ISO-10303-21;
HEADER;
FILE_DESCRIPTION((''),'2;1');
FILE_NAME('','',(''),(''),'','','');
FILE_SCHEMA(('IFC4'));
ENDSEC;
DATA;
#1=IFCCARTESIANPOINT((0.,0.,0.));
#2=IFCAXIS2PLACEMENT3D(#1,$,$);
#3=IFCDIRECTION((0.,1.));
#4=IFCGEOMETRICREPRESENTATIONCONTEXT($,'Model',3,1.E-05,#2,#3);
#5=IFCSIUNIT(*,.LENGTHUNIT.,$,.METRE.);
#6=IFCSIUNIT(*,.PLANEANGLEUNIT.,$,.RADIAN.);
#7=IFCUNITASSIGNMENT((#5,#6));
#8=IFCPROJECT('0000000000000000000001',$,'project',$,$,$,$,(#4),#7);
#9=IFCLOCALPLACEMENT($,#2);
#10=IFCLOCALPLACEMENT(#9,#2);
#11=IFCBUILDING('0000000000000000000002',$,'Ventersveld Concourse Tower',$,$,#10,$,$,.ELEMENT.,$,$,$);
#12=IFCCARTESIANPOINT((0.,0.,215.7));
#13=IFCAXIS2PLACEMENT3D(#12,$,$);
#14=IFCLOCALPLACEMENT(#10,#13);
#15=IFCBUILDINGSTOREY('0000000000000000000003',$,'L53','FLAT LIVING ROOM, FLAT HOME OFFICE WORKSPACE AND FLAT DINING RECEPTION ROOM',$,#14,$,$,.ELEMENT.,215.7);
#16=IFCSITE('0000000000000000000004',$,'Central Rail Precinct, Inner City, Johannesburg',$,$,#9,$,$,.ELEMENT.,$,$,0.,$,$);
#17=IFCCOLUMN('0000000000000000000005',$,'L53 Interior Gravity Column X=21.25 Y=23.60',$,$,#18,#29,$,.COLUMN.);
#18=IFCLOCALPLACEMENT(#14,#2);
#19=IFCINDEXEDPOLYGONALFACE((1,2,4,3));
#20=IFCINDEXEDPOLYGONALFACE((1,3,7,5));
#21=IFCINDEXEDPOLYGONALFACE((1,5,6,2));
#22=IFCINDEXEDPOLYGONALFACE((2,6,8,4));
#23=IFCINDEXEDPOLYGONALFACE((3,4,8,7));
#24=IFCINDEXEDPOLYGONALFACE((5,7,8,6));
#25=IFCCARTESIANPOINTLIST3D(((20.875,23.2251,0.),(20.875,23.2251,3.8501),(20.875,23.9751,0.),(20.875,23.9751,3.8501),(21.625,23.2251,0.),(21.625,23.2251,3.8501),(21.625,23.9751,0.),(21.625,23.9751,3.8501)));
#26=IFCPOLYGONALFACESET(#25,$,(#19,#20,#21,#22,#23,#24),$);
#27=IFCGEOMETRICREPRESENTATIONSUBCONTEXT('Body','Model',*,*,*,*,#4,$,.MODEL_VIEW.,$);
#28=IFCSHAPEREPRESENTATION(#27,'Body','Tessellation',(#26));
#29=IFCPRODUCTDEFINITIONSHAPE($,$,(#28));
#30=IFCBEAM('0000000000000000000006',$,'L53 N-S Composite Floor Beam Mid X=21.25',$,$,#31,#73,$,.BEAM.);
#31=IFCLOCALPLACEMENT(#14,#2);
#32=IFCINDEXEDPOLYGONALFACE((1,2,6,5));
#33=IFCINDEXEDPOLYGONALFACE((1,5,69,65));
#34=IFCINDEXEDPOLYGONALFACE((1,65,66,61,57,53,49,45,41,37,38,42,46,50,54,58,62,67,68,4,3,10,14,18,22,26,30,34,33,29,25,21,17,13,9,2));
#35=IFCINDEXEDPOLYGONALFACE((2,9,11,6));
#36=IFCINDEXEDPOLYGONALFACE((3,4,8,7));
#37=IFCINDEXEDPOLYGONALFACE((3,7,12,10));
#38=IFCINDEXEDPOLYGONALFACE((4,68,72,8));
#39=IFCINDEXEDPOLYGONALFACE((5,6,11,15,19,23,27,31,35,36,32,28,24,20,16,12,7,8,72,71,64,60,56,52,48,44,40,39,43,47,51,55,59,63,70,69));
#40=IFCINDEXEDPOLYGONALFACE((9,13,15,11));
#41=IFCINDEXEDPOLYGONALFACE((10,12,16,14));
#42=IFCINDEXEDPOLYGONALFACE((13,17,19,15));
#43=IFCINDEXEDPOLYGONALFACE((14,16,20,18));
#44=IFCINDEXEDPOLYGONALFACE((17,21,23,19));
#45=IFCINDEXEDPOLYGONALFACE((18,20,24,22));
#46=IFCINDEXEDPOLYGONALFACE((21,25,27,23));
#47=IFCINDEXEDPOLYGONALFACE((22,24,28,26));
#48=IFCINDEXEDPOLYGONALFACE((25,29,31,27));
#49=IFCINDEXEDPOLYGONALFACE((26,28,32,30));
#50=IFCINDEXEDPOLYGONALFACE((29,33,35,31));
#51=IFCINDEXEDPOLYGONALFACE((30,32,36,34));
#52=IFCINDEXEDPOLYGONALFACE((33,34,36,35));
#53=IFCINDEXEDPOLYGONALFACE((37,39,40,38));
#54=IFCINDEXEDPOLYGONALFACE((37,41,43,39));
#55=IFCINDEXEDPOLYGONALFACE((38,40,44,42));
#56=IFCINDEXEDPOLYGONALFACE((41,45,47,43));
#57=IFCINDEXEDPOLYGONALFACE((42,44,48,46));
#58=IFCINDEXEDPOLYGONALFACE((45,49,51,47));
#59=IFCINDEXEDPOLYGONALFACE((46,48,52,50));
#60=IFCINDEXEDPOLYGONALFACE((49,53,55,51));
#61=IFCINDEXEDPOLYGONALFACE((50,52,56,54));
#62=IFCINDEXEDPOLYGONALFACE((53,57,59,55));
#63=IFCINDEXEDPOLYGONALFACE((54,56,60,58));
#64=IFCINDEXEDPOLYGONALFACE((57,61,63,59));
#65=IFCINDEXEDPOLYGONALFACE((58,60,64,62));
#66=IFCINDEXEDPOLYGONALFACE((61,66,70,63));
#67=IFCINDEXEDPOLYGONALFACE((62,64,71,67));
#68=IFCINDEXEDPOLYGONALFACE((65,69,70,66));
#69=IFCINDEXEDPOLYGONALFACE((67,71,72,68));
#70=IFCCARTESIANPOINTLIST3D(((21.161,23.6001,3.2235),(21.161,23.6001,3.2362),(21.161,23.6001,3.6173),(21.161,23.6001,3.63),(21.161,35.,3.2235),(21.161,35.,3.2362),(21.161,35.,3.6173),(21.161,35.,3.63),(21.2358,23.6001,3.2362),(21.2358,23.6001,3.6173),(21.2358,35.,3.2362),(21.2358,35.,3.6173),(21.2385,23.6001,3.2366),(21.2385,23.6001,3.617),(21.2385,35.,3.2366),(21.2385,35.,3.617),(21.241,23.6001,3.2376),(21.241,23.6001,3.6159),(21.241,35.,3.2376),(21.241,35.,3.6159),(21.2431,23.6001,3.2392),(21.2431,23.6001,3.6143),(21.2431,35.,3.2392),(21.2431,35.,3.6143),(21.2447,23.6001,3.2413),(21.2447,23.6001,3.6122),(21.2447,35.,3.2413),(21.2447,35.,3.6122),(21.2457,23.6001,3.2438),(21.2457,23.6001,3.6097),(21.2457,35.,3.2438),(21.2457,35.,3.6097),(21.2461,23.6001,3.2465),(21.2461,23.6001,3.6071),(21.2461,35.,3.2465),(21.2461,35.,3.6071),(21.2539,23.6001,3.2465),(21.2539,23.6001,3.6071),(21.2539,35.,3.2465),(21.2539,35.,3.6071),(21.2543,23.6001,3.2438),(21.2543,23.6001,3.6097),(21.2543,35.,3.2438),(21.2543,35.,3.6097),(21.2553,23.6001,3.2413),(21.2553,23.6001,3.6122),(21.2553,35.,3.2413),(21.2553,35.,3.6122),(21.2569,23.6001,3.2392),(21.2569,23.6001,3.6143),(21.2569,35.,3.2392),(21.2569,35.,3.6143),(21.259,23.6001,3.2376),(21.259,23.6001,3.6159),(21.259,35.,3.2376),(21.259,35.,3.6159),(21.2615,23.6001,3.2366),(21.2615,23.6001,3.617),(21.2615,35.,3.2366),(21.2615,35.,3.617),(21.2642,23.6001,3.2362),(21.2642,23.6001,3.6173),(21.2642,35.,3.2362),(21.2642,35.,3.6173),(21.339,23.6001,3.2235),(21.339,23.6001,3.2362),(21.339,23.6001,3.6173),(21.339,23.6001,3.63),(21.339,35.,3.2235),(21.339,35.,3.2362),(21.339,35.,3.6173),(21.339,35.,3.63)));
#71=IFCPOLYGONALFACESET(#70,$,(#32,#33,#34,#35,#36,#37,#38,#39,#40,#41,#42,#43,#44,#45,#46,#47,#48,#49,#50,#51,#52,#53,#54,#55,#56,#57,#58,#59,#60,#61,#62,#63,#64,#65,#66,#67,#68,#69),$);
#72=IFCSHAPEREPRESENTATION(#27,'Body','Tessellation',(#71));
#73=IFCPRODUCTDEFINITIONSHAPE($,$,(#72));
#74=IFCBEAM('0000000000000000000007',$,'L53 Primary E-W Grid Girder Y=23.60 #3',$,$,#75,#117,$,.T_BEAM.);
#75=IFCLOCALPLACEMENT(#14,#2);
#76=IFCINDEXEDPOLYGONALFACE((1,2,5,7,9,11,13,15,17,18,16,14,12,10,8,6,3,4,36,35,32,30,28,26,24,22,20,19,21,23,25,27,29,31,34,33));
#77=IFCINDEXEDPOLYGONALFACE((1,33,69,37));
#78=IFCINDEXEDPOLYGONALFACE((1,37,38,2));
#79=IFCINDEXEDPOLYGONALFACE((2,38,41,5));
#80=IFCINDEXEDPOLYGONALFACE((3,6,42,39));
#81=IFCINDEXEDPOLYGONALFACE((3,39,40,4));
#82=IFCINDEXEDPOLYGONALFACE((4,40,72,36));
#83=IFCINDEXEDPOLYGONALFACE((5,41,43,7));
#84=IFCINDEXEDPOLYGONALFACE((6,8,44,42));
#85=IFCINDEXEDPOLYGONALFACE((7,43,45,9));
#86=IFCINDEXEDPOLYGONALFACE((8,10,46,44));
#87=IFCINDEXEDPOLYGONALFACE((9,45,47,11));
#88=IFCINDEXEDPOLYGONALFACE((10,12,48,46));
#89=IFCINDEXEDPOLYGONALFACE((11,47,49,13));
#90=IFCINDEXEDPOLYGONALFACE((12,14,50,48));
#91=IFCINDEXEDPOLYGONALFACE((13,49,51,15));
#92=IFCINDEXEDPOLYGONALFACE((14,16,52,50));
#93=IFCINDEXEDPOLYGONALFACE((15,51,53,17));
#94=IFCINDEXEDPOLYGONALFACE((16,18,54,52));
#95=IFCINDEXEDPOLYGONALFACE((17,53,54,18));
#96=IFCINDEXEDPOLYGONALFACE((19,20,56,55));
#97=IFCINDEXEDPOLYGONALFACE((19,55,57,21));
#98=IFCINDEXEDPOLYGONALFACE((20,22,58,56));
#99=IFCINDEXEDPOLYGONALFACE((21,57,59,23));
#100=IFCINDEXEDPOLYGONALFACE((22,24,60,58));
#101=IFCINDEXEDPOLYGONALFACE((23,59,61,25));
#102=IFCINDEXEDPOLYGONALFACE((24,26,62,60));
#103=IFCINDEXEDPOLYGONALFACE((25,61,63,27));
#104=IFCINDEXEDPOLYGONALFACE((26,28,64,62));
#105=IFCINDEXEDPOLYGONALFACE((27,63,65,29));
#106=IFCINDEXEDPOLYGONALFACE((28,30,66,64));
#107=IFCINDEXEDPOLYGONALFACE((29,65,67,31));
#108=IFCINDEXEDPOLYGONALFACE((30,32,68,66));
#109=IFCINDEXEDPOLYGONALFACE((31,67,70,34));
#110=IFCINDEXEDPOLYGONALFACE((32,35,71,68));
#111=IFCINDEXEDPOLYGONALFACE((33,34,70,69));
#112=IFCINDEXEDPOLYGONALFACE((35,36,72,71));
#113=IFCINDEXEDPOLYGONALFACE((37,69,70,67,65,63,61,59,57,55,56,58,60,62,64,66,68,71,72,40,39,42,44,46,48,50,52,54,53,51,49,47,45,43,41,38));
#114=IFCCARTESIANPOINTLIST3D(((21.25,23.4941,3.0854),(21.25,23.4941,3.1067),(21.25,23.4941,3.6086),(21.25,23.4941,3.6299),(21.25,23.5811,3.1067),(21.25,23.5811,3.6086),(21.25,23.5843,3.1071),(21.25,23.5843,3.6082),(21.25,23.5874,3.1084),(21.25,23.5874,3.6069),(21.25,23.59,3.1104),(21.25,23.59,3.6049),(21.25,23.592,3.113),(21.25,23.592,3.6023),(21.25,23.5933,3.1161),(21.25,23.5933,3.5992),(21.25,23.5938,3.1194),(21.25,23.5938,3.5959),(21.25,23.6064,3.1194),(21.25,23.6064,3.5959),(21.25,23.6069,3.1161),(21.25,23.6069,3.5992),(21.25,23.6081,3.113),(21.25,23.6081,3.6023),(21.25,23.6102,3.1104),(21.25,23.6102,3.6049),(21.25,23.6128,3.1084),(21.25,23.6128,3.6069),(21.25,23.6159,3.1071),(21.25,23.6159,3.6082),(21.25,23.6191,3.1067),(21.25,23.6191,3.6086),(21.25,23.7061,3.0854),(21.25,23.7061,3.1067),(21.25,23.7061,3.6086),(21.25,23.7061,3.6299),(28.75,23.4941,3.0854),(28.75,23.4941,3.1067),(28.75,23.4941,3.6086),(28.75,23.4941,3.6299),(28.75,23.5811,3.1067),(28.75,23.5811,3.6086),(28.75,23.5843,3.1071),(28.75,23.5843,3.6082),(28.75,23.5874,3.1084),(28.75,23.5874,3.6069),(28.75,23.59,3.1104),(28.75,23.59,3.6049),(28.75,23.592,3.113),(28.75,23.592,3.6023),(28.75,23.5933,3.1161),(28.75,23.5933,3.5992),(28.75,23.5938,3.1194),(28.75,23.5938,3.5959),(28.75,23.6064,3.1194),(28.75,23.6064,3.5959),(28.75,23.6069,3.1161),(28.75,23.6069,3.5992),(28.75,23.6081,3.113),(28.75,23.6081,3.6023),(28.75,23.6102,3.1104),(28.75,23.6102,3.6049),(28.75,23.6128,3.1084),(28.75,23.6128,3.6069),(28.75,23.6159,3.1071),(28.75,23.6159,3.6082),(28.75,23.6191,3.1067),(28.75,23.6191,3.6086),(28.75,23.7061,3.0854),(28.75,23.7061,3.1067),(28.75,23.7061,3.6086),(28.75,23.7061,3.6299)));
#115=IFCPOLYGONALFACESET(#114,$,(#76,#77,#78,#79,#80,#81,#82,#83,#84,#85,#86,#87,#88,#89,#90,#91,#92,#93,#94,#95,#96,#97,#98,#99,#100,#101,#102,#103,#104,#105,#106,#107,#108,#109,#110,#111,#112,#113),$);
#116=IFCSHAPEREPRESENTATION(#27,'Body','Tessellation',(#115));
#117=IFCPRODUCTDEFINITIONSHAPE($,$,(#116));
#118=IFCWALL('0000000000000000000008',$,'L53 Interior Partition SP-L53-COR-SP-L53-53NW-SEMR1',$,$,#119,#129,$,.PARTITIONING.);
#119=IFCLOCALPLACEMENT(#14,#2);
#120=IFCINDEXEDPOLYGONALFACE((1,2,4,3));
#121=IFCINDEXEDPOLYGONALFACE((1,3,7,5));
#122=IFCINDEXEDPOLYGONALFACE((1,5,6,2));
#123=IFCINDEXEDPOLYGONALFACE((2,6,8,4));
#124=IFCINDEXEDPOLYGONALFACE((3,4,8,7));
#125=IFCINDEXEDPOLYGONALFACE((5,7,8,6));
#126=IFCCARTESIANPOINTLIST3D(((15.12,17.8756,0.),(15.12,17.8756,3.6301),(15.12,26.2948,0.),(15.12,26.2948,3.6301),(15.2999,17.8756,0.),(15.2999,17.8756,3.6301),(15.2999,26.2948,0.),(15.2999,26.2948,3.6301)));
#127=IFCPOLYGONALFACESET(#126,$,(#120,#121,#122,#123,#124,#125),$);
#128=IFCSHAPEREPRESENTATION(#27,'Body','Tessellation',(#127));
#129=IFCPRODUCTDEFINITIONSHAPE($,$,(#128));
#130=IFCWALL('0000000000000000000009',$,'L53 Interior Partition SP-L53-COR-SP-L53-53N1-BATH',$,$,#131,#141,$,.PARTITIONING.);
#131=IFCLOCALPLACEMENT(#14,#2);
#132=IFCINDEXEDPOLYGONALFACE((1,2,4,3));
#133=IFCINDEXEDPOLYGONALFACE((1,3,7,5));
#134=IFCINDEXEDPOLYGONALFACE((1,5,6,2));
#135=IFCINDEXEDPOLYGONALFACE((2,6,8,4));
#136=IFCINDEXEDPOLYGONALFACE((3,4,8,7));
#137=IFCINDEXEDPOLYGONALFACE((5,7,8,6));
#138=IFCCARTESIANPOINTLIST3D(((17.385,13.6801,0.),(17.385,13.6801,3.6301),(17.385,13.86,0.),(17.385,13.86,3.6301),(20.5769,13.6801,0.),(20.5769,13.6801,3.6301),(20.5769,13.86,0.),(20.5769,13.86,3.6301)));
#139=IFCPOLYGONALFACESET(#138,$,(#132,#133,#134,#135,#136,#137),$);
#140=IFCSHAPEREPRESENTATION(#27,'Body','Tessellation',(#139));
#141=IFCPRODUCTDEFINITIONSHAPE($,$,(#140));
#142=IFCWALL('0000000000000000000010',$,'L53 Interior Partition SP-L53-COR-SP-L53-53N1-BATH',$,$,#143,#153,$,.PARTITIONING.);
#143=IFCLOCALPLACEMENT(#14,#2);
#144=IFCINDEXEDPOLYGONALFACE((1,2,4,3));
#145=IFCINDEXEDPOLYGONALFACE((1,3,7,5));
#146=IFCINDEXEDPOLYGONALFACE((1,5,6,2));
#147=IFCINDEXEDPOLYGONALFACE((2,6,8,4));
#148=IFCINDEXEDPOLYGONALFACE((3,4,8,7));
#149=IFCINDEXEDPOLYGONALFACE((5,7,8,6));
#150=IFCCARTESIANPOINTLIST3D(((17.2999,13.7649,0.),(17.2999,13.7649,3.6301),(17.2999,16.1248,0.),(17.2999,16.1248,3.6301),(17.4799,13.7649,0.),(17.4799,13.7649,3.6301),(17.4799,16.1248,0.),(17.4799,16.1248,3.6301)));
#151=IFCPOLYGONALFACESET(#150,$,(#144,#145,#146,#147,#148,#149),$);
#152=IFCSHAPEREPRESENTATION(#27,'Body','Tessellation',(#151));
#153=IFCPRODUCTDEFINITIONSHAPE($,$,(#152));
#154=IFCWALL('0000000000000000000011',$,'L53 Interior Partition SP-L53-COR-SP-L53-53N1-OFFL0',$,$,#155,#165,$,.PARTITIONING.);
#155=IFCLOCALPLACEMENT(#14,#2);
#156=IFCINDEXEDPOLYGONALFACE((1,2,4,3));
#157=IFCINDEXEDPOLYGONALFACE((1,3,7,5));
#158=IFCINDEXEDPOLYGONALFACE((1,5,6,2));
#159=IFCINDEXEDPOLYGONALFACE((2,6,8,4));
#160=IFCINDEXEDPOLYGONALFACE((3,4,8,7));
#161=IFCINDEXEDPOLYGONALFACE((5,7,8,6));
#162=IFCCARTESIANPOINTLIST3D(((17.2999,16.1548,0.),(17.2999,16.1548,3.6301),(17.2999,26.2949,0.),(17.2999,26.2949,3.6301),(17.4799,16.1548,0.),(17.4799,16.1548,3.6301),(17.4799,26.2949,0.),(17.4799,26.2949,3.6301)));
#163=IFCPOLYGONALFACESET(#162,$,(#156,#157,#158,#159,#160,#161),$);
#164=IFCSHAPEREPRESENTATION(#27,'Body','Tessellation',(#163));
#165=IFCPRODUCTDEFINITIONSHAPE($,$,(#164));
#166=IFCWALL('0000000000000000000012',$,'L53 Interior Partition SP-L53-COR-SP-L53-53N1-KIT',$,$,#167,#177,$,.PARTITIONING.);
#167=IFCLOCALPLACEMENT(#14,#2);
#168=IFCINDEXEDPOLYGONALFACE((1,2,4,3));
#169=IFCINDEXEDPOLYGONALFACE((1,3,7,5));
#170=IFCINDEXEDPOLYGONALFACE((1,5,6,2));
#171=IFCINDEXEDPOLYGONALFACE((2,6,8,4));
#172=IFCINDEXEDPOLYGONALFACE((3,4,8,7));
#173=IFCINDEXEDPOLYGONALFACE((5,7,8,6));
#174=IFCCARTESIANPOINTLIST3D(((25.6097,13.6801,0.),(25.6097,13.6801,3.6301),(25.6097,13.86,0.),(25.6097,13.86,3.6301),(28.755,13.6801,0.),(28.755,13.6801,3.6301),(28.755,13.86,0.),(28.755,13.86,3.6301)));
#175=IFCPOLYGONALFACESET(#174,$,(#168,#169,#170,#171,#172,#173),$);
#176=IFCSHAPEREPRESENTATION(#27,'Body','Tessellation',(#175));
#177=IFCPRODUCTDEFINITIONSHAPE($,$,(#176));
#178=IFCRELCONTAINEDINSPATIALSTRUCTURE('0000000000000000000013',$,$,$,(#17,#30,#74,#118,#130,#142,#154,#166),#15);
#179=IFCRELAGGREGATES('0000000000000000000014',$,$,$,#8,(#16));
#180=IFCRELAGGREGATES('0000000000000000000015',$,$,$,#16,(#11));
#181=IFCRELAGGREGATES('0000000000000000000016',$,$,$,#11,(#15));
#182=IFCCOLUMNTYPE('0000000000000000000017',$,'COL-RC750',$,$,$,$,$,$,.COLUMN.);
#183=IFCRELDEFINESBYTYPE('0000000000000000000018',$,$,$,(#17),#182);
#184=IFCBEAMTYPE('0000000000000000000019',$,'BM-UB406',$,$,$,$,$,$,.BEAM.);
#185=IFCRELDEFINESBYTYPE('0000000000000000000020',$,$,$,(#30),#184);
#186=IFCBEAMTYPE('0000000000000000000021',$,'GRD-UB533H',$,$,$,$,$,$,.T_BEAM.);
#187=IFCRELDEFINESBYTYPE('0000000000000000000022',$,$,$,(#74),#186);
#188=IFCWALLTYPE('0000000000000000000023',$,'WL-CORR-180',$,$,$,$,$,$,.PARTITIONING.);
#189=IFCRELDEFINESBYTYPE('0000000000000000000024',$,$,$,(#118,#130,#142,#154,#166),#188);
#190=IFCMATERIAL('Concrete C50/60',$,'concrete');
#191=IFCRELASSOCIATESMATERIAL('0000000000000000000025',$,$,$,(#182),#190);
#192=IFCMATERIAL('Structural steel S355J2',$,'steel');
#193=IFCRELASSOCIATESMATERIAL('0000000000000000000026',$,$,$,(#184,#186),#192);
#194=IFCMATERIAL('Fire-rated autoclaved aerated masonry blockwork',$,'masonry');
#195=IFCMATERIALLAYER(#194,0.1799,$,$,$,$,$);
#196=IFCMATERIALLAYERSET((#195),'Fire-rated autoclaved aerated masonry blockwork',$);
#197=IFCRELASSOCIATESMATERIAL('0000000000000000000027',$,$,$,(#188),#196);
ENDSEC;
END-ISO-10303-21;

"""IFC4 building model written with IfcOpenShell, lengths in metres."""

from ifc_helpers import new_model, si_unit, direction, frame, frame_2d, origin, origin_2d, place, context, subcontext, project, spatial, rectangle, i_section, extrude, material, layer, layer_set, material_profile, profile_set, type_object, element, save


model = new_model("IFC4")

# Units and contexts
model_context = context("Model", 3, precision=1e-05, world=origin(), true_north=direction((0.0, 1.0)))
body_context = subcontext(model_context, "Body", "Model", "MODEL_VIEW")
ifc_project = project(units=[si_unit("LENGTHUNIT", "METRE"), si_unit("PLANEANGLEUNIT", "RADIAN")], contexts=[model_context])

# Site, building, storey
site_placement = place(None, origin())
site = spatial("IfcSite", under=ifc_project, at=site_placement, Name="Central Rail Precinct, Inner City, Johannesburg", CompositionType="ELEMENT", RefElevation=0.0)
building_placement = place(site_placement, origin())
building = spatial("IfcBuilding", under=site, at=building_placement, Name="Ventersveld Concourse Tower", CompositionType="ELEMENT")
storey_placement = place(building_placement, frame((0.0, 0.0, 215.7)))
storey = spatial("IfcBuildingStorey", under=building, at=storey_placement, Name="L53", Description="FLAT LIVING ROOM, FLAT HOME OFFICE WORKSPACE AND FLAT DINING RECEPTION ROOM", CompositionType="ELEMENT", Elevation=215.7)

# Column
ifc_material_1 = material(Name="Concrete C50/60", Category="concrete")
ifc_material_profile_1 = material_profile(ifc_material_1, rectangle(XDim=0.75, YDim=0.75, at=origin_2d()), Name="RC 750x750")
ifc_profile_set_1 = profile_set([ifc_material_profile_1], Name="Concrete C50/60")
column_type = type_object("IfcColumnType", Name="COL-RC750", PredefinedType="COLUMN", material=ifc_profile_set_1)
column_placement = place(storey_placement, frame((21.25, 23.6001, 0.0), z_axis=(0.0, 0.0, 1.0), x_axis=(1.0, 0.0, 0.0)))
element("IfcColumn", 1, at=column_placement, inside=storey, type_object=column_type, Name="L53 Interior Gravity Column X=21.25 Y=23.60", PredefinedType="COLUMN", context=body_context, shape_type="SweptSolid", body=[
    extrude(rectangle(XDim=0.75, YDim=0.75, at=origin_2d()), origin(), (0.0, 0.0, 1.0), 3.8501),
])

# Beams
ifc_material_2 = material(Name="Structural steel S355J2", Category="steel")
ifc_material_profile_2 = material_profile(ifc_material_2, i_section(OverallWidth=0.178, OverallDepth=0.4065, WebThickness=0.0078, FlangeThickness=0.0127, FilletRadius=0.0103, at=origin_2d()), Name="UB 406x178x60")
ifc_profile_set_2 = profile_set([ifc_material_profile_2], Name="Structural steel S355J2")
beam_type_1 = type_object("IfcBeamType", Name="BM-UB406", PredefinedType="BEAM", material=ifc_profile_set_2)
beam_1_placement = place(storey_placement, frame((21.25, 23.6001, 3.4268), z_axis=(0.0, 1.0, 0.0), x_axis=(-1.0, 0.0, 0.0)))
element("IfcBeam", 2, at=beam_1_placement, inside=storey, type_object=beam_type_1, Name="L53 N-S Composite Floor Beam Mid X=21.25", PredefinedType="BEAM", context=body_context, shape_type="SweptSolid", body=[
    extrude(i_section(OverallWidth=0.178, OverallDepth=0.4065, WebThickness=0.0078, FlangeThickness=0.0127, FilletRadius=0.0103, at=origin_2d()), origin(), (0.0, 0.0, 1.0), 11.3999),
])
ifc_material_profile_3 = material_profile(ifc_material_2, i_section(OverallWidth=0.2119, OverallDepth=0.5444, WebThickness=0.0127, FlangeThickness=0.0212, FilletRadius=0.0127, at=origin_2d()), Name="UB 533x210x122")
ifc_profile_set_3 = profile_set([ifc_material_profile_3], Name="Structural steel S355J2")
beam_type_2 = type_object("IfcBeamType", Name="GRD-UB533H", PredefinedType="T_BEAM", material=ifc_profile_set_3)
beam_2_placement = place(storey_placement, frame((21.25, 23.6001, 3.3577), z_axis=(1.0, 0.0, 0.0), x_axis=(0.0, 1.0, 0.0)))
element("IfcBeam", 3, at=beam_2_placement, inside=storey, type_object=beam_type_2, Name="L53 Primary E-W Grid Girder Y=23.60 #3", PredefinedType="T_BEAM", context=body_context, shape_type="SweptSolid", body=[
    extrude(i_section(OverallWidth=0.2119, OverallDepth=0.5444, WebThickness=0.0127, FlangeThickness=0.0212, FilletRadius=0.0127, at=origin_2d()), origin(), (0.0, 0.0, 1.0), 7.5),
])

# Wall
ifc_material_3 = material(Name="Fire-rated autoclaved aerated masonry blockwork", Category="masonry")
ifc_layer_1 = layer(ifc_material_3, 0.1799)
ifc_layer_set_1 = layer_set([ifc_layer_1], Name="Fire-rated autoclaved aerated masonry blockwork")
wall_type_1 = type_object("IfcWallType", Name="WL-CORR-180", PredefinedType="PARTITIONING", material=ifc_layer_set_1)
wall_1_placement = place(storey_placement, frame((15.21, 17.8757, 0.0), z_axis=(0.0, 0.0, 1.0), x_axis=(0.0, 1.0, 0.0)))
element("IfcWall", 4, at=wall_1_placement, inside=storey, type_object=wall_type_1, Name="L53 Interior Partition SP-L53-COR-SP-L53-53NW-SEMR1", PredefinedType="PARTITIONING", context=body_context, shape_type="SweptSolid", body=[
    extrude(rectangle(XDim=8.4192, YDim=0.1799, at=frame_2d((4.2095, 0.0))), origin(), (0.0, 0.0, 1.0), 3.6301),
])

# Walls
wall_2_placement = place(storey_placement, frame((17.385, 13.77, 0.0), z_axis=(0.0, 0.0, 1.0), x_axis=(1.0, 0.0, 0.0)))
element("IfcWall", 5, at=wall_2_placement, inside=storey, type_object=wall_type_1, Name="L53 Interior Partition SP-L53-COR-SP-L53-53N1-BATH", PredefinedType="PARTITIONING", context=body_context, shape_type="SweptSolid", body=[
    extrude(rectangle(XDim=3.1919, YDim=0.1799, at=frame_2d((1.5959, 0.0))), origin(), (0.0, 0.0, 1.0), 3.6301),
])
wall_3_placement = place(storey_placement, frame((17.3899, 13.7649, 0.0), z_axis=(0.0, 0.0, 1.0), x_axis=(0.0, 1.0, 0.0)))
element("IfcWall", 6, at=wall_3_placement, inside=storey, type_object=wall_type_1, Name="L53 Interior Partition SP-L53-COR-SP-L53-53N1-BATH", PredefinedType="PARTITIONING", context=body_context, shape_type="SweptSolid", body=[
    extrude(rectangle(XDim=2.3599, YDim=0.1799, at=frame_2d((1.1799, 0.0))), origin(), (0.0, 0.0, 1.0), 3.6301),
])
wall_4_placement = place(storey_placement, frame((17.3899, 16.1548, 0.0), z_axis=(0.0, 0.0, 1.0), x_axis=(0.0, 1.0, 0.0)))
element("IfcWall", 7, at=wall_4_placement, inside=storey, type_object=wall_type_1, Name="L53 Interior Partition SP-L53-COR-SP-L53-53N1-OFFL0", PredefinedType="PARTITIONING", context=body_context, shape_type="SweptSolid", body=[
    extrude(rectangle(XDim=10.1401, YDim=0.1799, at=frame_2d((5.0701, 0.0))), origin(), (0.0, 0.0, 1.0), 3.6301),
])
wall_5_placement = place(storey_placement, frame((25.6096, 13.77, 0.0), z_axis=(0.0, 0.0, 1.0), x_axis=(1.0, 0.0, 0.0)))
element("IfcWall", 8, at=wall_5_placement, inside=storey, type_object=wall_type_1, Name="L53 Interior Partition SP-L53-COR-SP-L53-53N1-KIT", PredefinedType="PARTITIONING", context=body_context, shape_type="SweptSolid", body=[
    extrude(rectangle(XDim=3.1453, YDim=0.1799, at=frame_2d((1.5728, 0.0))), origin(), (0.0, 0.0, 1.0), 3.6301),
])

save(model, "model.ifc")
